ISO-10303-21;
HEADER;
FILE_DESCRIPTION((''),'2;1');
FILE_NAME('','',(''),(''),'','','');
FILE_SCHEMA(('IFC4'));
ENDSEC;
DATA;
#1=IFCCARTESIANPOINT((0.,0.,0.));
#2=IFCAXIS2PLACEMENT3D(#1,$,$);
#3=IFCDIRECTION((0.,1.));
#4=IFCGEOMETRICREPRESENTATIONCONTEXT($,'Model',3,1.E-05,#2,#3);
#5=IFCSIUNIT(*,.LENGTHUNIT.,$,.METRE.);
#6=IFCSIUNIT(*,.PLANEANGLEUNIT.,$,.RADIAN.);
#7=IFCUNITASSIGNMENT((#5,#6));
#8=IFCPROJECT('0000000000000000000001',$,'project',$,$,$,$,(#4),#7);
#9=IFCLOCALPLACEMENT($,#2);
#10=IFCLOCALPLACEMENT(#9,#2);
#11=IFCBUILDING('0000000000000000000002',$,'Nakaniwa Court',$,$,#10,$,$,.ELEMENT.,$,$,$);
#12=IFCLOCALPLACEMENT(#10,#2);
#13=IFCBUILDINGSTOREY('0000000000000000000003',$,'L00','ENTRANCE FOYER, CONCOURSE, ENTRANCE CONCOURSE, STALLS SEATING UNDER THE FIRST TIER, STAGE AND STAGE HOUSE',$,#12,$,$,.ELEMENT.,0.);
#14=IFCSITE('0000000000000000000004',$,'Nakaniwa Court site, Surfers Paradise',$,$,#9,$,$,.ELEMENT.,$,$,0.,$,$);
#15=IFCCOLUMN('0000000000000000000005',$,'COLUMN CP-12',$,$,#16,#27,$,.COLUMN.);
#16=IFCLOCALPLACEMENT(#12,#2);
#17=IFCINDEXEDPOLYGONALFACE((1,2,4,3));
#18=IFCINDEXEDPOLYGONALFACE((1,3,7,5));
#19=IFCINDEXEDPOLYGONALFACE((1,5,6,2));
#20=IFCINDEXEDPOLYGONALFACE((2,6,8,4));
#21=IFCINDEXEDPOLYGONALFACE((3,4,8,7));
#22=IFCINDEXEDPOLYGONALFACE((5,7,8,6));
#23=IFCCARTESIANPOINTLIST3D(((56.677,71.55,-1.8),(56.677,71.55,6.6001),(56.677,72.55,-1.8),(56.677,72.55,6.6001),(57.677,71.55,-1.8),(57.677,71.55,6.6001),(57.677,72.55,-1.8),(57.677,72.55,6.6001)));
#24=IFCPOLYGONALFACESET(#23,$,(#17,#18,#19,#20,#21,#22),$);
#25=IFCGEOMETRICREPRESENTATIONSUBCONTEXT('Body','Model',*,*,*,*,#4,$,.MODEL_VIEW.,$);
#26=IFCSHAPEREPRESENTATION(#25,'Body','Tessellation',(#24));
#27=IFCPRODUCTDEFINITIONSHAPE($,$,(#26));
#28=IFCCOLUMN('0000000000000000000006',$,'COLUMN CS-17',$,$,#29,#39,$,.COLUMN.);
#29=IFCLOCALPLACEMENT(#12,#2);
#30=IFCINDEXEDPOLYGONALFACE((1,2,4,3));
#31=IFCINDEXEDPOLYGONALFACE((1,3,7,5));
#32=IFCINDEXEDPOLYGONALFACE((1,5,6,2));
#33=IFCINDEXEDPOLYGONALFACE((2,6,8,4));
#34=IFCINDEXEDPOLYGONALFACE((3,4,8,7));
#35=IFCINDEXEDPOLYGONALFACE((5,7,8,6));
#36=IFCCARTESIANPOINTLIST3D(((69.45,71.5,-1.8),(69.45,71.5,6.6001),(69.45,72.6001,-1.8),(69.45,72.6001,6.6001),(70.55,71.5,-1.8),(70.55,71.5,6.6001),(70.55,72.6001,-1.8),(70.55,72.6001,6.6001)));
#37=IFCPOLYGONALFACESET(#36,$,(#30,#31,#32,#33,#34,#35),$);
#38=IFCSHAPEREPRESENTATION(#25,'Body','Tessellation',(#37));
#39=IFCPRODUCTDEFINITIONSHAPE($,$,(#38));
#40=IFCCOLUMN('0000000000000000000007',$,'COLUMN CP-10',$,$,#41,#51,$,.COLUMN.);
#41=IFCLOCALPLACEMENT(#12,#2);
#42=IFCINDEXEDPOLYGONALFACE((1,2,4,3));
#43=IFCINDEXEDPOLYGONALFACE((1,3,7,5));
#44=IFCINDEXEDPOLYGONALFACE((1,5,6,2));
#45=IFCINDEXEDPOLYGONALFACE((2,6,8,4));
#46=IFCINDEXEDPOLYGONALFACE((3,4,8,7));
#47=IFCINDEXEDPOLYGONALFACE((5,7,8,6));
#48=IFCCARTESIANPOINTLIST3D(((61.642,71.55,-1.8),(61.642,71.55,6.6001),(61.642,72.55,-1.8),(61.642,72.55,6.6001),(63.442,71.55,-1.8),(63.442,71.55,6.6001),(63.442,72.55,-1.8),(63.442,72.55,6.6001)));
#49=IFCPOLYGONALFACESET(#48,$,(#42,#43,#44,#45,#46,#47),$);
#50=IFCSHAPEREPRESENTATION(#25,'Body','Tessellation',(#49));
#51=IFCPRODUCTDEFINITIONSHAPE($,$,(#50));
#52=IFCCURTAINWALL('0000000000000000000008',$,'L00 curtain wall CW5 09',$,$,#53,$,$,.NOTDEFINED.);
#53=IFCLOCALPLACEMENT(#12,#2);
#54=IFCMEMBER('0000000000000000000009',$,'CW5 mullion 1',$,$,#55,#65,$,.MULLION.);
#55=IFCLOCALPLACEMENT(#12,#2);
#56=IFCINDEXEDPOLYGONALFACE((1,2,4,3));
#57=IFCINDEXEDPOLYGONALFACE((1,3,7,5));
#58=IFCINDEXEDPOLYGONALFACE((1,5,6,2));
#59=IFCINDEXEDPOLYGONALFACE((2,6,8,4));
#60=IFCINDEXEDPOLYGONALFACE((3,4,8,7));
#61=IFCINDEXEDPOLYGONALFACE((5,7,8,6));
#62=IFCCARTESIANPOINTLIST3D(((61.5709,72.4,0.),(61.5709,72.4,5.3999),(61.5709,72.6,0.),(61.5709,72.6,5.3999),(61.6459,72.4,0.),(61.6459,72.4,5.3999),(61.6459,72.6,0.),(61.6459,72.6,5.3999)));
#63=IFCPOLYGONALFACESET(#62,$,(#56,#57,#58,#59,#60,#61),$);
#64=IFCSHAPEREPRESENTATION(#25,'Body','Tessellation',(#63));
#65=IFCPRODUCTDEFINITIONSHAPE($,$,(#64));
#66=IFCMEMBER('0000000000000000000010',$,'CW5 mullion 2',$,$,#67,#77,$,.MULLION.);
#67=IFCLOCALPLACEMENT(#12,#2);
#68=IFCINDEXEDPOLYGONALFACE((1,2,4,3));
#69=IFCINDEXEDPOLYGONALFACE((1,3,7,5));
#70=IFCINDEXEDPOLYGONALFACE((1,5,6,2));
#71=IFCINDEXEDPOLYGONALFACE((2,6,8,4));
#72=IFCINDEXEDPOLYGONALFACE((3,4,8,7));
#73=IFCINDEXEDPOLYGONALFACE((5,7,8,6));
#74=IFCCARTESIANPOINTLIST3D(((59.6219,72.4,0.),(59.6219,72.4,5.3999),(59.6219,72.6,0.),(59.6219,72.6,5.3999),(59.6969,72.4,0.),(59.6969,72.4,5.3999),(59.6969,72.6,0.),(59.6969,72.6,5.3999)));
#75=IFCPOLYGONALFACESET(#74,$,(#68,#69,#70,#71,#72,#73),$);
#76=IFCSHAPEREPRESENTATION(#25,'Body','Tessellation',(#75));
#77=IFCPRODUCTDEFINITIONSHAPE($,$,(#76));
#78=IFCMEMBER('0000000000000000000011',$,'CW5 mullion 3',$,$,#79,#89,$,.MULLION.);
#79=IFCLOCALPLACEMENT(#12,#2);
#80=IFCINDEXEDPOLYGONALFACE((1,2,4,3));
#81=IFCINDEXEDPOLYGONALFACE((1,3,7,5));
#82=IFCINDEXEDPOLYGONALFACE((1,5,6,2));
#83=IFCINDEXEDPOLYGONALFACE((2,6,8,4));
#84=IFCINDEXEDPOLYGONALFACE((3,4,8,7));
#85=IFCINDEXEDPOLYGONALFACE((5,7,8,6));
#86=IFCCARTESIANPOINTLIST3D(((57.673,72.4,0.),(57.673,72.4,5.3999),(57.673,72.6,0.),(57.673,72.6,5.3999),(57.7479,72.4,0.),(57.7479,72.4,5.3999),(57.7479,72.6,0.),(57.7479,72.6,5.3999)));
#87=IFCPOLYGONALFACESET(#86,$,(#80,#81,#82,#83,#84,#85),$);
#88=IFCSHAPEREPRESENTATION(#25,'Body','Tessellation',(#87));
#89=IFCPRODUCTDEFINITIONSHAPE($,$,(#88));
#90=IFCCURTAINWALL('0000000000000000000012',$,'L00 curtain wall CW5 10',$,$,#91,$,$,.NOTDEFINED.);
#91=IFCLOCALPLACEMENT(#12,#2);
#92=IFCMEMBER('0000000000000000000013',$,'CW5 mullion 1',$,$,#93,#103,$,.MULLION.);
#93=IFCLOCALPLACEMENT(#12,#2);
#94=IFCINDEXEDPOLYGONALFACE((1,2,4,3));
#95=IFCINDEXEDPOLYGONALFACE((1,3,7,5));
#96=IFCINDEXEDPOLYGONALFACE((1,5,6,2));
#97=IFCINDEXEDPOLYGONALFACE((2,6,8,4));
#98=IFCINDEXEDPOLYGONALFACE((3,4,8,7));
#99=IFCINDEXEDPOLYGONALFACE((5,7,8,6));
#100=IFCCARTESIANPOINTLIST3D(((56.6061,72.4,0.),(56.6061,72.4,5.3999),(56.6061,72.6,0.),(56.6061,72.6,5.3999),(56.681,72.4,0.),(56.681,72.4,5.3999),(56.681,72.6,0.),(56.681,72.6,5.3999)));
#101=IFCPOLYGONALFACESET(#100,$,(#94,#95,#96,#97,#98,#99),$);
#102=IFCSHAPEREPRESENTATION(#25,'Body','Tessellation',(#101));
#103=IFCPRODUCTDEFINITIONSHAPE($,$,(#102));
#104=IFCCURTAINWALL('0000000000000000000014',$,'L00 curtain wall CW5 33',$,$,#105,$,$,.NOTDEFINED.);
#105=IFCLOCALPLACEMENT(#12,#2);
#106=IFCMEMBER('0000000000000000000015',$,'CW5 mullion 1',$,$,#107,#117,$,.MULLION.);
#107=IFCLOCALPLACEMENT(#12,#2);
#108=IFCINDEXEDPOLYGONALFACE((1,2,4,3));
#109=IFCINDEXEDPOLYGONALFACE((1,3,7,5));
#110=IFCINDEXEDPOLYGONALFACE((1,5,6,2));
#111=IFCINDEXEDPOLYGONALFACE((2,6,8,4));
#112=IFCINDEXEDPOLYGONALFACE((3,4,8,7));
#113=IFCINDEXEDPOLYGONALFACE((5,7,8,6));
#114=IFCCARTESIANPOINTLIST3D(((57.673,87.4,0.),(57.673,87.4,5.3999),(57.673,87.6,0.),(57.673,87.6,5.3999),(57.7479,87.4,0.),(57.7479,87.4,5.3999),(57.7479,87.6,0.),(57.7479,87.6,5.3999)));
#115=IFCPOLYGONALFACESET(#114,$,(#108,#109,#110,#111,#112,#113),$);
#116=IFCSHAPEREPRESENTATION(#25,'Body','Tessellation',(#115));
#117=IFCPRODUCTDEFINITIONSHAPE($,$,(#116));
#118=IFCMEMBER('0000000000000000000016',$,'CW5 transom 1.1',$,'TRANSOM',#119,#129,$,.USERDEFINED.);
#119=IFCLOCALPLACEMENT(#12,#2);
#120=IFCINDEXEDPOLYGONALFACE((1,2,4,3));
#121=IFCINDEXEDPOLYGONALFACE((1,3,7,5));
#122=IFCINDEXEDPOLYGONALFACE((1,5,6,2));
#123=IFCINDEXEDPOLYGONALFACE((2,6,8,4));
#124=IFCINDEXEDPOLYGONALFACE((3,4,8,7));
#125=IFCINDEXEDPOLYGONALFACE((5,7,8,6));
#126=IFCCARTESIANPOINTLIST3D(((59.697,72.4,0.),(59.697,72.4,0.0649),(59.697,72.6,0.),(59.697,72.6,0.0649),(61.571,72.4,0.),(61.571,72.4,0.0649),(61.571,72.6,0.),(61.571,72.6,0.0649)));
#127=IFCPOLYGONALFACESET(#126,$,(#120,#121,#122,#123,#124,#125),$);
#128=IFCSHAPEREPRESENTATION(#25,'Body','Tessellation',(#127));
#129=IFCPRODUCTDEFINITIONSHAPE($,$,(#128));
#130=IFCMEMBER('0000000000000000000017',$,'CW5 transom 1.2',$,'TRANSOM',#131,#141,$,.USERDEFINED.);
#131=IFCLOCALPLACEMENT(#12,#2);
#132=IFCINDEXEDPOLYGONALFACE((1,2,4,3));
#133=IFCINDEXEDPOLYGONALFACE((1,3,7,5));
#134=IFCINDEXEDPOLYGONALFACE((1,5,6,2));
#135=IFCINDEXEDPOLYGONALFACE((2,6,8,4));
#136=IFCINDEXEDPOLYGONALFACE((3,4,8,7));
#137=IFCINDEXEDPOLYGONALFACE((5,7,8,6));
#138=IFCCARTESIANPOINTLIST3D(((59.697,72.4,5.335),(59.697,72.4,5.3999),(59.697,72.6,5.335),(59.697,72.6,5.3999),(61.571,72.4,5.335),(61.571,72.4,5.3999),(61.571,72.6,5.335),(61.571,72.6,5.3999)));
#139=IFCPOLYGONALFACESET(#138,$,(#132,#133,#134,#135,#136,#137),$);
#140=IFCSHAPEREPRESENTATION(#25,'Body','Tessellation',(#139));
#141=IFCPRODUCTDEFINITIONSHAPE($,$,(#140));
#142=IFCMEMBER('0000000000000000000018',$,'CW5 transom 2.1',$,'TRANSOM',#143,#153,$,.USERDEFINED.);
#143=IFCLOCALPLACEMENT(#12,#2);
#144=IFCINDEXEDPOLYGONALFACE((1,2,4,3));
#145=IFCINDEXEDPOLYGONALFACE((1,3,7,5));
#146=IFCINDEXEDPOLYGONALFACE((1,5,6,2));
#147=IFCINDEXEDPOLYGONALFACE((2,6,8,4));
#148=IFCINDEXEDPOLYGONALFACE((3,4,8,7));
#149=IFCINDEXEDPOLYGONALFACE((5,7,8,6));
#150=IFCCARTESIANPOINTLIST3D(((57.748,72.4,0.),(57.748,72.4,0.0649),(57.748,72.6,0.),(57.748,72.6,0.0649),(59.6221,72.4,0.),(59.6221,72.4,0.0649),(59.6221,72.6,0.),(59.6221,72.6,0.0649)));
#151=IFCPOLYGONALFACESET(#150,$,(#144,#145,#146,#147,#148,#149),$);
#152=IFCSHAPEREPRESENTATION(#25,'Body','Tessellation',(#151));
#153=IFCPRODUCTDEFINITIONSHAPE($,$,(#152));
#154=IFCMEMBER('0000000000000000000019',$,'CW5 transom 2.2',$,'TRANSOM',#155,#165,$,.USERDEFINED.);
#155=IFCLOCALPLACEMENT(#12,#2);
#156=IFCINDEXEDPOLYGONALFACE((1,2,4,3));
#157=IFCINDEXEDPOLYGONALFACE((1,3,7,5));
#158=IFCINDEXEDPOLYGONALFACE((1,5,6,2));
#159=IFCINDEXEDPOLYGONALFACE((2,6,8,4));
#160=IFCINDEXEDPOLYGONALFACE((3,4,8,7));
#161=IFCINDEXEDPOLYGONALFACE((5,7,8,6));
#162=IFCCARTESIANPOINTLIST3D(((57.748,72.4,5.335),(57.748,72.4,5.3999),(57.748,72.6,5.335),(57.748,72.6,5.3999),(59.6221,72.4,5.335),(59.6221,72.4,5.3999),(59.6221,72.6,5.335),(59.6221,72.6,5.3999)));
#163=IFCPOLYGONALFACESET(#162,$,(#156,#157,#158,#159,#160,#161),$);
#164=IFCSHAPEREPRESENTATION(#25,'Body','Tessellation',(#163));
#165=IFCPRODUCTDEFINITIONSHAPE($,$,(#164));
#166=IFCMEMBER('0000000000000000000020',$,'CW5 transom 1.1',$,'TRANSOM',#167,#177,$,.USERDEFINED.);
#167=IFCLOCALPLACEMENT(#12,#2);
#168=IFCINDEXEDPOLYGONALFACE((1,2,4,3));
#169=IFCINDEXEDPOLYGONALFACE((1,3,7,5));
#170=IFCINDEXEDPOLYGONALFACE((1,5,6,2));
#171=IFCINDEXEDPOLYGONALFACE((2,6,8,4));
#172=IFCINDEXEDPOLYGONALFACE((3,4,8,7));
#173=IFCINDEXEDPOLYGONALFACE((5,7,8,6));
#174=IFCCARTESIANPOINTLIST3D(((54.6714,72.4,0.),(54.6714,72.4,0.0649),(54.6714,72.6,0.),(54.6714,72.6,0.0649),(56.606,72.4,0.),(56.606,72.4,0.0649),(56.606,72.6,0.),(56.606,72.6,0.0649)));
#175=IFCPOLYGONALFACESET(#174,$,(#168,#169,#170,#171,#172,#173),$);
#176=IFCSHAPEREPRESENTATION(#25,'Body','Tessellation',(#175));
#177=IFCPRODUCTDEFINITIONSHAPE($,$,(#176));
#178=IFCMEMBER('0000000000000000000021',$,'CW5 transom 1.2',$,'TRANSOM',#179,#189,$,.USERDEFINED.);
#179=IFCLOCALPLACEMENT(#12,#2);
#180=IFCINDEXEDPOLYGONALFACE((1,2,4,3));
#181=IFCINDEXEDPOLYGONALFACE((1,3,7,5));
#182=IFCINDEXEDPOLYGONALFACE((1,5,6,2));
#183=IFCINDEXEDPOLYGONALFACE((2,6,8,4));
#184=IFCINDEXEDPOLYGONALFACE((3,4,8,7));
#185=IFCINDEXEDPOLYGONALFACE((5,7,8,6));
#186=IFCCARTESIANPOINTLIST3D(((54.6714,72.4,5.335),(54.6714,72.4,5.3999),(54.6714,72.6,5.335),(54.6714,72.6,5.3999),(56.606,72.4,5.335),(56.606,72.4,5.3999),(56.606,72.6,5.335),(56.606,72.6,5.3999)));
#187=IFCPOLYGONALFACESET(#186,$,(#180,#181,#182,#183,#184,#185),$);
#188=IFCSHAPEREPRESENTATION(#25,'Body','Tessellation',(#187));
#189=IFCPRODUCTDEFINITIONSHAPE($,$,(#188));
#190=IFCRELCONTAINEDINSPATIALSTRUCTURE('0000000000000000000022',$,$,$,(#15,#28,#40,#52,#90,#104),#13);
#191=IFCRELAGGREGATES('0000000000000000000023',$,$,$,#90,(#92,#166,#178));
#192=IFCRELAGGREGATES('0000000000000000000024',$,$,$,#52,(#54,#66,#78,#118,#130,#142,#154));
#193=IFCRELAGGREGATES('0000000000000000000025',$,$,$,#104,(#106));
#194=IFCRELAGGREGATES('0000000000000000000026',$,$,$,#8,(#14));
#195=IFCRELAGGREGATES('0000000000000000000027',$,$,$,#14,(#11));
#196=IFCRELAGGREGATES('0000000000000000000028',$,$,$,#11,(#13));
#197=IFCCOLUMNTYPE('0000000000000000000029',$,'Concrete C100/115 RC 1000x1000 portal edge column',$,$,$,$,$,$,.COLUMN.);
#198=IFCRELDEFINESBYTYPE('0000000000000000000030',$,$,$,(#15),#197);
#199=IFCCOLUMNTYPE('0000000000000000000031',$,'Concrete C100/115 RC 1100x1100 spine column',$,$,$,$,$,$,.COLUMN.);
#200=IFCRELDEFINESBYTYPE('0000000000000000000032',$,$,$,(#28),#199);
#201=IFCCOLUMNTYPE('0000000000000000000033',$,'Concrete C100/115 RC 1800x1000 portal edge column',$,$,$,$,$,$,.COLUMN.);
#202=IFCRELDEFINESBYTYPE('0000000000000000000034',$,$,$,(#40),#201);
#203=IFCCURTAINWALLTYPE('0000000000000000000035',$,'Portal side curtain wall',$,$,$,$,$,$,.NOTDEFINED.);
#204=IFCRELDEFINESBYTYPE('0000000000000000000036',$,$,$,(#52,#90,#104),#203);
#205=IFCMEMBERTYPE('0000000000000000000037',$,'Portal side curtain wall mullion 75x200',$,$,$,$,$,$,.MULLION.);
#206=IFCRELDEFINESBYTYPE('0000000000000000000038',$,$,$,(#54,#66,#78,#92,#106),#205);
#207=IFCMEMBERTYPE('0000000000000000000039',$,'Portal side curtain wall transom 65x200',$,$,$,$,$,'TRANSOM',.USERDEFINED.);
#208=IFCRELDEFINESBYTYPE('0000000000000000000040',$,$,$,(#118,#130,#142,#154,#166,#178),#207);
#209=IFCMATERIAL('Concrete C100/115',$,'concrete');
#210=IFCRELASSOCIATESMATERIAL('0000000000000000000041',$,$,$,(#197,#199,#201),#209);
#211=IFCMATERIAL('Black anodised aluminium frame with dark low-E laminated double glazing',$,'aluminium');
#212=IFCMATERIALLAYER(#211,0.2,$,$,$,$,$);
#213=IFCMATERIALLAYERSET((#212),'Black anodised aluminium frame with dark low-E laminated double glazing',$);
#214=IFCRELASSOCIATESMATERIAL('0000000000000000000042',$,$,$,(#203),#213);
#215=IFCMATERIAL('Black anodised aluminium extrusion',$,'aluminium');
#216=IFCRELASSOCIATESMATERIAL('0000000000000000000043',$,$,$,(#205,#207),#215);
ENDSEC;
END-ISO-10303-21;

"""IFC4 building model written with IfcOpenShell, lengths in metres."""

from ifc_helpers import new_model, si_unit, direction, frame, origin, origin_2d, place, context, subcontext, project, spatial, rectangle, extrude, material, layer, layer_set, material_profile, profile_set, type_object, element, aggregate, save


model = new_model("IFC4")

# Units and contexts
model_context = context("Model", 3, precision=1e-05, world=origin(), true_north=direction((0.0, 1.0)))
body_context = subcontext(model_context, "Body", "Model", "MODEL_VIEW")
ifc_project = project(units=[si_unit("LENGTHUNIT", "METRE"), si_unit("PLANEANGLEUNIT", "RADIAN")], contexts=[model_context])

# Site, building, storey
site_placement = place(None, origin())
site = spatial("IfcSite", under=ifc_project, at=site_placement, Name="Nakaniwa Court site, Surfers Paradise", CompositionType="ELEMENT", RefElevation=0.0)
building_placement = place(site_placement, origin())
building = spatial("IfcBuilding", under=site, at=building_placement, Name="Nakaniwa Court", CompositionType="ELEMENT")
storey_placement = place(building_placement, origin())
storey = spatial("IfcBuildingStorey", under=building, at=storey_placement, Name="L00", Description="ENTRANCE FOYER, CONCOURSE, ENTRANCE CONCOURSE, STALLS SEATING UNDER THE FIRST TIER, STAGE AND STAGE HOUSE", CompositionType="ELEMENT", Elevation=0.0)

# Columns
ifc_material_1 = material(Name="Concrete C100/115", Category="concrete")
ifc_material_profile_1 = material_profile(ifc_material_1, rectangle(XDim=1.0, YDim=1.0, at=origin_2d()), Name="Concrete C100/115 RC 1000x1000 portal edge column")
ifc_profile_set_1 = profile_set([ifc_material_profile_1], Name="Concrete C100/115")
column_type_1 = type_object("IfcColumnType", Name="Concrete C100/115 RC 1000x1000 portal edge column", PredefinedType="COLUMN", material=ifc_profile_set_1)
column_1_placement = place(storey_placement, frame((57.177, 72.05, -1.8), z_axis=(0.0, 0.0, 1.0), x_axis=(1.0, 0.0, 0.0)))
element("IfcColumn", 1, at=column_1_placement, inside=storey, type_object=column_type_1, Name="COLUMN CP-12", PredefinedType="COLUMN", context=body_context, shape_type="SweptSolid", body=[
    extrude(rectangle(XDim=1.0, YDim=1.0, at=origin_2d()), origin(), (0.0, 0.0, 1.0), 8.4001),
])
ifc_material_profile_2 = material_profile(ifc_material_1, rectangle(XDim=1.1001, YDim=1.1001, at=origin_2d()), Name="Concrete C100/115 RC 1100x1100 spine column")
ifc_profile_set_2 = profile_set([ifc_material_profile_2], Name="Concrete C100/115")
column_type_2 = type_object("IfcColumnType", Name="Concrete C100/115 RC 1100x1100 spine column", PredefinedType="COLUMN", material=ifc_profile_set_2)
column_2_placement = place(storey_placement, frame((70.0, 72.05, -1.8), z_axis=(0.0, 0.0, 1.0), x_axis=(0.0, -1.0, 0.0)))
element("IfcColumn", 2, at=column_2_placement, inside=storey, type_object=column_type_2, Name="COLUMN CS-17", PredefinedType="COLUMN", context=body_context, shape_type="SweptSolid", body=[
    extrude(rectangle(XDim=1.1001, YDim=1.1001, at=origin_2d()), origin(), (0.0, 0.0, 1.0), 8.4001),
])
ifc_material_profile_3 = material_profile(ifc_material_1, rectangle(XDim=1.8, YDim=1.0, at=origin_2d()), Name="Concrete C100/115 RC 1800x1000 portal edge column")
ifc_profile_set_3 = profile_set([ifc_material_profile_3], Name="Concrete C100/115")
column_type_3 = type_object("IfcColumnType", Name="Concrete C100/115 RC 1800x1000 portal edge column", PredefinedType="COLUMN", material=ifc_profile_set_3)
column_3_placement = place(storey_placement, frame((62.542, 72.05, -1.8), z_axis=(0.0, 0.0, 1.0), x_axis=(1.0, 0.0, 0.0)))
element("IfcColumn", 3, at=column_3_placement, inside=storey, type_object=column_type_3, Name="COLUMN CP-10", PredefinedType="COLUMN", context=body_context, shape_type="SweptSolid", body=[
    extrude(rectangle(XDim=1.8, YDim=1.0, at=origin_2d()), origin(), (0.0, 0.0, 1.0), 8.4001),
])

# Curtain wall, members
ifc_material_2 = material(Name="Black anodised aluminium frame with dark low-E laminated double glazing", Category="aluminium")
ifc_layer_1 = layer(ifc_material_2, 0.2)
ifc_layer_set_1 = layer_set([ifc_layer_1], Name="Black anodised aluminium frame with dark low-E laminated double glazing")
curtain_wall_type = type_object("IfcCurtainWallType", Name="Portal side curtain wall", PredefinedType="NOTDEFINED", material=ifc_layer_set_1)
curtain_wall_1_placement = place(storey_placement, origin())
curtain_wall_1 = element("IfcCurtainWall", 4, at=curtain_wall_1_placement, inside=storey, type_object=curtain_wall_type, Name="L00 curtain wall CW5 09", PredefinedType="NOTDEFINED")
ifc_material_3 = material(Name="Black anodised aluminium extrusion", Category="aluminium")
ifc_material_profile_4 = material_profile(ifc_material_3, rectangle(XDim=0.2, YDim=0.075, at=origin_2d()), Name="Portal side curtain wall mullion 75x200")
ifc_profile_set_4 = profile_set([ifc_material_profile_4], Name="Black anodised aluminium extrusion")
member_type_1 = type_object("IfcMemberType", Name="Portal side curtain wall mullion 75x200", PredefinedType="MULLION", material=ifc_profile_set_4)
member_1_placement = place(storey_placement, frame((61.6084, 72.5, 0.0), z_axis=(0.0, 0.0, 1.0), x_axis=(0.0, -1.0, 0.0)))
member_1 = element("IfcMember", 5, at=member_1_placement, type_object=member_type_1, Name="CW5 mullion 1", PredefinedType="MULLION", context=body_context, shape_type="SweptSolid", body=[
    extrude(rectangle(XDim=0.2, YDim=0.075, at=origin_2d()), origin(), (0.0, 0.0, 1.0), 5.3999),
])
member_2_placement = place(storey_placement, frame((59.6594, 72.5, 0.0), z_axis=(0.0, 0.0, 1.0), x_axis=(0.0, -1.0, 0.0)))
member_2 = element("IfcMember", 6, at=member_2_placement, type_object=member_type_1, Name="CW5 mullion 2", PredefinedType="MULLION", context=body_context, shape_type="SweptSolid", body=[
    extrude(rectangle(XDim=0.2, YDim=0.075, at=origin_2d()), origin(), (0.0, 0.0, 1.0), 5.3999),
])
member_3_placement = place(storey_placement, frame((57.7104, 72.5, 0.0), z_axis=(0.0, 0.0, 1.0), x_axis=(0.0, -1.0, 0.0)))
member_3 = element("IfcMember", 7, at=member_3_placement, type_object=member_type_1, Name="CW5 mullion 3", PredefinedType="MULLION", context=body_context, shape_type="SweptSolid", body=[
    extrude(rectangle(XDim=0.2, YDim=0.075, at=origin_2d()), origin(), (0.0, 0.0, 1.0), 5.3999),
])

# Curtain walls, members
curtain_wall_2_placement = place(storey_placement, origin())
curtain_wall_2 = element("IfcCurtainWall", 8, at=curtain_wall_2_placement, inside=storey, type_object=curtain_wall_type, Name="L00 curtain wall CW5 10", PredefinedType="NOTDEFINED")
member_4_placement = place(storey_placement, frame((56.6436, 72.5, 0.0), z_axis=(0.0, 0.0, 1.0), x_axis=(0.0, -1.0, 0.0)))
member_4 = element("IfcMember", 9, at=member_4_placement, type_object=member_type_1, Name="CW5 mullion 1", PredefinedType="MULLION", context=body_context, shape_type="SweptSolid", body=[
    extrude(rectangle(XDim=0.2, YDim=0.075, at=origin_2d()), origin(), (0.0, 0.0, 1.0), 5.3999),
])
curtain_wall_3_placement = place(storey_placement, origin())
curtain_wall_3 = element("IfcCurtainWall", 10, at=curtain_wall_3_placement, inside=storey, type_object=curtain_wall_type, Name="L00 curtain wall CW5 33", PredefinedType="NOTDEFINED")
member_5_placement = place(storey_placement, frame((57.7104, 87.5, 0.0), z_axis=(0.0, 0.0, 1.0), x_axis=(0.0, 1.0, 0.0)))
member_5 = element("IfcMember", 11, at=member_5_placement, type_object=member_type_1, Name="CW5 mullion 1", PredefinedType="MULLION", context=body_context, shape_type="SweptSolid", body=[
    extrude(rectangle(XDim=0.2, YDim=0.075, at=origin_2d()), origin(), (0.0, 0.0, 1.0), 5.3999),
])

# Members
ifc_material_profile_5 = material_profile(ifc_material_3, rectangle(XDim=0.2, YDim=0.0649, at=origin_2d()), Name="Portal side curtain wall transom 65x200")
ifc_profile_set_5 = profile_set([ifc_material_profile_5], Name="Black anodised aluminium extrusion")
member_type_2 = type_object("IfcMemberType", Name="Portal side curtain wall transom 65x200", ElementType="TRANSOM", PredefinedType="USERDEFINED", material=ifc_profile_set_5)
member_6_placement = place(storey_placement, frame((61.571, 72.5, 0.0325), z_axis=(-1.0, 0.0, 0.0), x_axis=(0.0, -1.0, 0.0)))
member_6 = element("IfcMember", 12, at=member_6_placement, type_object=member_type_2, Name="CW5 transom 1.1", ObjectType="TRANSOM", PredefinedType="USERDEFINED", context=body_context, shape_type="SweptSolid", body=[
    extrude(rectangle(XDim=0.2, YDim=0.0649, at=origin_2d()), origin(), (0.0, 0.0, 1.0), 1.874),
])
member_7_placement = place(storey_placement, frame((61.571, 72.5, 5.3674), z_axis=(-1.0, 0.0, 0.0), x_axis=(0.0, -1.0, 0.0)))
member_7 = element("IfcMember", 13, at=member_7_placement, type_object=member_type_2, Name="CW5 transom 1.2", ObjectType="TRANSOM", PredefinedType="USERDEFINED", context=body_context, shape_type="SweptSolid", body=[
    extrude(rectangle(XDim=0.2, YDim=0.0649, at=origin_2d()), origin(), (0.0, 0.0, 1.0), 1.874),
])
member_8_placement = place(storey_placement, frame((59.6221, 72.5, 0.0325), z_axis=(-1.0, 0.0, 0.0), x_axis=(0.0, -1.0, 0.0)))
member_8 = element("IfcMember", 14, at=member_8_placement, type_object=member_type_2, Name="CW5 transom 2.1", ObjectType="TRANSOM", PredefinedType="USERDEFINED", context=body_context, shape_type="SweptSolid", body=[
    extrude(rectangle(XDim=0.2, YDim=0.0649, at=origin_2d()), origin(), (0.0, 0.0, 1.0), 1.874),
])
member_9_placement = place(storey_placement, frame((59.6221, 72.5, 5.3674), z_axis=(-1.0, 0.0, 0.0), x_axis=(0.0, -1.0, 0.0)))
member_9 = element("IfcMember", 15, at=member_9_placement, type_object=member_type_2, Name="CW5 transom 2.2", ObjectType="TRANSOM", PredefinedType="USERDEFINED", context=body_context, shape_type="SweptSolid", body=[
    extrude(rectangle(XDim=0.2, YDim=0.0649, at=origin_2d()), origin(), (0.0, 0.0, 1.0), 1.874),
])
member_10_placement = place(storey_placement, frame((56.606, 72.5, 0.0325), z_axis=(-1.0, 0.0, 0.0), x_axis=(0.0, -1.0, 0.0)))
member_10 = element("IfcMember", 16, at=member_10_placement, type_object=member_type_2, Name="CW5 transom 1.1", ObjectType="TRANSOM", PredefinedType="USERDEFINED", context=body_context, shape_type="SweptSolid", body=[
    extrude(rectangle(XDim=0.2, YDim=0.0649, at=origin_2d()), origin(), (0.0, 0.0, 1.0), 1.9346),
])
member_11_placement = place(storey_placement, frame((56.606, 72.5, 5.3674), z_axis=(-1.0, 0.0, 0.0), x_axis=(0.0, -1.0, 0.0)))
member_11 = element("IfcMember", 17, at=member_11_placement, type_object=member_type_2, Name="CW5 transom 1.2", ObjectType="TRANSOM", PredefinedType="USERDEFINED", context=body_context, shape_type="SweptSolid", body=[
    extrude(rectangle(XDim=0.2, YDim=0.0649, at=origin_2d()), origin(), (0.0, 0.0, 1.0), 1.9346),
])
aggregate(curtain_wall_2, [member_4, member_10, member_11])

aggregate(curtain_wall_1, [member_1, member_2, member_3, member_6, member_7, member_8, member_9])
aggregate(curtain_wall_3, [member_5])

save(model, "model.ifc")
